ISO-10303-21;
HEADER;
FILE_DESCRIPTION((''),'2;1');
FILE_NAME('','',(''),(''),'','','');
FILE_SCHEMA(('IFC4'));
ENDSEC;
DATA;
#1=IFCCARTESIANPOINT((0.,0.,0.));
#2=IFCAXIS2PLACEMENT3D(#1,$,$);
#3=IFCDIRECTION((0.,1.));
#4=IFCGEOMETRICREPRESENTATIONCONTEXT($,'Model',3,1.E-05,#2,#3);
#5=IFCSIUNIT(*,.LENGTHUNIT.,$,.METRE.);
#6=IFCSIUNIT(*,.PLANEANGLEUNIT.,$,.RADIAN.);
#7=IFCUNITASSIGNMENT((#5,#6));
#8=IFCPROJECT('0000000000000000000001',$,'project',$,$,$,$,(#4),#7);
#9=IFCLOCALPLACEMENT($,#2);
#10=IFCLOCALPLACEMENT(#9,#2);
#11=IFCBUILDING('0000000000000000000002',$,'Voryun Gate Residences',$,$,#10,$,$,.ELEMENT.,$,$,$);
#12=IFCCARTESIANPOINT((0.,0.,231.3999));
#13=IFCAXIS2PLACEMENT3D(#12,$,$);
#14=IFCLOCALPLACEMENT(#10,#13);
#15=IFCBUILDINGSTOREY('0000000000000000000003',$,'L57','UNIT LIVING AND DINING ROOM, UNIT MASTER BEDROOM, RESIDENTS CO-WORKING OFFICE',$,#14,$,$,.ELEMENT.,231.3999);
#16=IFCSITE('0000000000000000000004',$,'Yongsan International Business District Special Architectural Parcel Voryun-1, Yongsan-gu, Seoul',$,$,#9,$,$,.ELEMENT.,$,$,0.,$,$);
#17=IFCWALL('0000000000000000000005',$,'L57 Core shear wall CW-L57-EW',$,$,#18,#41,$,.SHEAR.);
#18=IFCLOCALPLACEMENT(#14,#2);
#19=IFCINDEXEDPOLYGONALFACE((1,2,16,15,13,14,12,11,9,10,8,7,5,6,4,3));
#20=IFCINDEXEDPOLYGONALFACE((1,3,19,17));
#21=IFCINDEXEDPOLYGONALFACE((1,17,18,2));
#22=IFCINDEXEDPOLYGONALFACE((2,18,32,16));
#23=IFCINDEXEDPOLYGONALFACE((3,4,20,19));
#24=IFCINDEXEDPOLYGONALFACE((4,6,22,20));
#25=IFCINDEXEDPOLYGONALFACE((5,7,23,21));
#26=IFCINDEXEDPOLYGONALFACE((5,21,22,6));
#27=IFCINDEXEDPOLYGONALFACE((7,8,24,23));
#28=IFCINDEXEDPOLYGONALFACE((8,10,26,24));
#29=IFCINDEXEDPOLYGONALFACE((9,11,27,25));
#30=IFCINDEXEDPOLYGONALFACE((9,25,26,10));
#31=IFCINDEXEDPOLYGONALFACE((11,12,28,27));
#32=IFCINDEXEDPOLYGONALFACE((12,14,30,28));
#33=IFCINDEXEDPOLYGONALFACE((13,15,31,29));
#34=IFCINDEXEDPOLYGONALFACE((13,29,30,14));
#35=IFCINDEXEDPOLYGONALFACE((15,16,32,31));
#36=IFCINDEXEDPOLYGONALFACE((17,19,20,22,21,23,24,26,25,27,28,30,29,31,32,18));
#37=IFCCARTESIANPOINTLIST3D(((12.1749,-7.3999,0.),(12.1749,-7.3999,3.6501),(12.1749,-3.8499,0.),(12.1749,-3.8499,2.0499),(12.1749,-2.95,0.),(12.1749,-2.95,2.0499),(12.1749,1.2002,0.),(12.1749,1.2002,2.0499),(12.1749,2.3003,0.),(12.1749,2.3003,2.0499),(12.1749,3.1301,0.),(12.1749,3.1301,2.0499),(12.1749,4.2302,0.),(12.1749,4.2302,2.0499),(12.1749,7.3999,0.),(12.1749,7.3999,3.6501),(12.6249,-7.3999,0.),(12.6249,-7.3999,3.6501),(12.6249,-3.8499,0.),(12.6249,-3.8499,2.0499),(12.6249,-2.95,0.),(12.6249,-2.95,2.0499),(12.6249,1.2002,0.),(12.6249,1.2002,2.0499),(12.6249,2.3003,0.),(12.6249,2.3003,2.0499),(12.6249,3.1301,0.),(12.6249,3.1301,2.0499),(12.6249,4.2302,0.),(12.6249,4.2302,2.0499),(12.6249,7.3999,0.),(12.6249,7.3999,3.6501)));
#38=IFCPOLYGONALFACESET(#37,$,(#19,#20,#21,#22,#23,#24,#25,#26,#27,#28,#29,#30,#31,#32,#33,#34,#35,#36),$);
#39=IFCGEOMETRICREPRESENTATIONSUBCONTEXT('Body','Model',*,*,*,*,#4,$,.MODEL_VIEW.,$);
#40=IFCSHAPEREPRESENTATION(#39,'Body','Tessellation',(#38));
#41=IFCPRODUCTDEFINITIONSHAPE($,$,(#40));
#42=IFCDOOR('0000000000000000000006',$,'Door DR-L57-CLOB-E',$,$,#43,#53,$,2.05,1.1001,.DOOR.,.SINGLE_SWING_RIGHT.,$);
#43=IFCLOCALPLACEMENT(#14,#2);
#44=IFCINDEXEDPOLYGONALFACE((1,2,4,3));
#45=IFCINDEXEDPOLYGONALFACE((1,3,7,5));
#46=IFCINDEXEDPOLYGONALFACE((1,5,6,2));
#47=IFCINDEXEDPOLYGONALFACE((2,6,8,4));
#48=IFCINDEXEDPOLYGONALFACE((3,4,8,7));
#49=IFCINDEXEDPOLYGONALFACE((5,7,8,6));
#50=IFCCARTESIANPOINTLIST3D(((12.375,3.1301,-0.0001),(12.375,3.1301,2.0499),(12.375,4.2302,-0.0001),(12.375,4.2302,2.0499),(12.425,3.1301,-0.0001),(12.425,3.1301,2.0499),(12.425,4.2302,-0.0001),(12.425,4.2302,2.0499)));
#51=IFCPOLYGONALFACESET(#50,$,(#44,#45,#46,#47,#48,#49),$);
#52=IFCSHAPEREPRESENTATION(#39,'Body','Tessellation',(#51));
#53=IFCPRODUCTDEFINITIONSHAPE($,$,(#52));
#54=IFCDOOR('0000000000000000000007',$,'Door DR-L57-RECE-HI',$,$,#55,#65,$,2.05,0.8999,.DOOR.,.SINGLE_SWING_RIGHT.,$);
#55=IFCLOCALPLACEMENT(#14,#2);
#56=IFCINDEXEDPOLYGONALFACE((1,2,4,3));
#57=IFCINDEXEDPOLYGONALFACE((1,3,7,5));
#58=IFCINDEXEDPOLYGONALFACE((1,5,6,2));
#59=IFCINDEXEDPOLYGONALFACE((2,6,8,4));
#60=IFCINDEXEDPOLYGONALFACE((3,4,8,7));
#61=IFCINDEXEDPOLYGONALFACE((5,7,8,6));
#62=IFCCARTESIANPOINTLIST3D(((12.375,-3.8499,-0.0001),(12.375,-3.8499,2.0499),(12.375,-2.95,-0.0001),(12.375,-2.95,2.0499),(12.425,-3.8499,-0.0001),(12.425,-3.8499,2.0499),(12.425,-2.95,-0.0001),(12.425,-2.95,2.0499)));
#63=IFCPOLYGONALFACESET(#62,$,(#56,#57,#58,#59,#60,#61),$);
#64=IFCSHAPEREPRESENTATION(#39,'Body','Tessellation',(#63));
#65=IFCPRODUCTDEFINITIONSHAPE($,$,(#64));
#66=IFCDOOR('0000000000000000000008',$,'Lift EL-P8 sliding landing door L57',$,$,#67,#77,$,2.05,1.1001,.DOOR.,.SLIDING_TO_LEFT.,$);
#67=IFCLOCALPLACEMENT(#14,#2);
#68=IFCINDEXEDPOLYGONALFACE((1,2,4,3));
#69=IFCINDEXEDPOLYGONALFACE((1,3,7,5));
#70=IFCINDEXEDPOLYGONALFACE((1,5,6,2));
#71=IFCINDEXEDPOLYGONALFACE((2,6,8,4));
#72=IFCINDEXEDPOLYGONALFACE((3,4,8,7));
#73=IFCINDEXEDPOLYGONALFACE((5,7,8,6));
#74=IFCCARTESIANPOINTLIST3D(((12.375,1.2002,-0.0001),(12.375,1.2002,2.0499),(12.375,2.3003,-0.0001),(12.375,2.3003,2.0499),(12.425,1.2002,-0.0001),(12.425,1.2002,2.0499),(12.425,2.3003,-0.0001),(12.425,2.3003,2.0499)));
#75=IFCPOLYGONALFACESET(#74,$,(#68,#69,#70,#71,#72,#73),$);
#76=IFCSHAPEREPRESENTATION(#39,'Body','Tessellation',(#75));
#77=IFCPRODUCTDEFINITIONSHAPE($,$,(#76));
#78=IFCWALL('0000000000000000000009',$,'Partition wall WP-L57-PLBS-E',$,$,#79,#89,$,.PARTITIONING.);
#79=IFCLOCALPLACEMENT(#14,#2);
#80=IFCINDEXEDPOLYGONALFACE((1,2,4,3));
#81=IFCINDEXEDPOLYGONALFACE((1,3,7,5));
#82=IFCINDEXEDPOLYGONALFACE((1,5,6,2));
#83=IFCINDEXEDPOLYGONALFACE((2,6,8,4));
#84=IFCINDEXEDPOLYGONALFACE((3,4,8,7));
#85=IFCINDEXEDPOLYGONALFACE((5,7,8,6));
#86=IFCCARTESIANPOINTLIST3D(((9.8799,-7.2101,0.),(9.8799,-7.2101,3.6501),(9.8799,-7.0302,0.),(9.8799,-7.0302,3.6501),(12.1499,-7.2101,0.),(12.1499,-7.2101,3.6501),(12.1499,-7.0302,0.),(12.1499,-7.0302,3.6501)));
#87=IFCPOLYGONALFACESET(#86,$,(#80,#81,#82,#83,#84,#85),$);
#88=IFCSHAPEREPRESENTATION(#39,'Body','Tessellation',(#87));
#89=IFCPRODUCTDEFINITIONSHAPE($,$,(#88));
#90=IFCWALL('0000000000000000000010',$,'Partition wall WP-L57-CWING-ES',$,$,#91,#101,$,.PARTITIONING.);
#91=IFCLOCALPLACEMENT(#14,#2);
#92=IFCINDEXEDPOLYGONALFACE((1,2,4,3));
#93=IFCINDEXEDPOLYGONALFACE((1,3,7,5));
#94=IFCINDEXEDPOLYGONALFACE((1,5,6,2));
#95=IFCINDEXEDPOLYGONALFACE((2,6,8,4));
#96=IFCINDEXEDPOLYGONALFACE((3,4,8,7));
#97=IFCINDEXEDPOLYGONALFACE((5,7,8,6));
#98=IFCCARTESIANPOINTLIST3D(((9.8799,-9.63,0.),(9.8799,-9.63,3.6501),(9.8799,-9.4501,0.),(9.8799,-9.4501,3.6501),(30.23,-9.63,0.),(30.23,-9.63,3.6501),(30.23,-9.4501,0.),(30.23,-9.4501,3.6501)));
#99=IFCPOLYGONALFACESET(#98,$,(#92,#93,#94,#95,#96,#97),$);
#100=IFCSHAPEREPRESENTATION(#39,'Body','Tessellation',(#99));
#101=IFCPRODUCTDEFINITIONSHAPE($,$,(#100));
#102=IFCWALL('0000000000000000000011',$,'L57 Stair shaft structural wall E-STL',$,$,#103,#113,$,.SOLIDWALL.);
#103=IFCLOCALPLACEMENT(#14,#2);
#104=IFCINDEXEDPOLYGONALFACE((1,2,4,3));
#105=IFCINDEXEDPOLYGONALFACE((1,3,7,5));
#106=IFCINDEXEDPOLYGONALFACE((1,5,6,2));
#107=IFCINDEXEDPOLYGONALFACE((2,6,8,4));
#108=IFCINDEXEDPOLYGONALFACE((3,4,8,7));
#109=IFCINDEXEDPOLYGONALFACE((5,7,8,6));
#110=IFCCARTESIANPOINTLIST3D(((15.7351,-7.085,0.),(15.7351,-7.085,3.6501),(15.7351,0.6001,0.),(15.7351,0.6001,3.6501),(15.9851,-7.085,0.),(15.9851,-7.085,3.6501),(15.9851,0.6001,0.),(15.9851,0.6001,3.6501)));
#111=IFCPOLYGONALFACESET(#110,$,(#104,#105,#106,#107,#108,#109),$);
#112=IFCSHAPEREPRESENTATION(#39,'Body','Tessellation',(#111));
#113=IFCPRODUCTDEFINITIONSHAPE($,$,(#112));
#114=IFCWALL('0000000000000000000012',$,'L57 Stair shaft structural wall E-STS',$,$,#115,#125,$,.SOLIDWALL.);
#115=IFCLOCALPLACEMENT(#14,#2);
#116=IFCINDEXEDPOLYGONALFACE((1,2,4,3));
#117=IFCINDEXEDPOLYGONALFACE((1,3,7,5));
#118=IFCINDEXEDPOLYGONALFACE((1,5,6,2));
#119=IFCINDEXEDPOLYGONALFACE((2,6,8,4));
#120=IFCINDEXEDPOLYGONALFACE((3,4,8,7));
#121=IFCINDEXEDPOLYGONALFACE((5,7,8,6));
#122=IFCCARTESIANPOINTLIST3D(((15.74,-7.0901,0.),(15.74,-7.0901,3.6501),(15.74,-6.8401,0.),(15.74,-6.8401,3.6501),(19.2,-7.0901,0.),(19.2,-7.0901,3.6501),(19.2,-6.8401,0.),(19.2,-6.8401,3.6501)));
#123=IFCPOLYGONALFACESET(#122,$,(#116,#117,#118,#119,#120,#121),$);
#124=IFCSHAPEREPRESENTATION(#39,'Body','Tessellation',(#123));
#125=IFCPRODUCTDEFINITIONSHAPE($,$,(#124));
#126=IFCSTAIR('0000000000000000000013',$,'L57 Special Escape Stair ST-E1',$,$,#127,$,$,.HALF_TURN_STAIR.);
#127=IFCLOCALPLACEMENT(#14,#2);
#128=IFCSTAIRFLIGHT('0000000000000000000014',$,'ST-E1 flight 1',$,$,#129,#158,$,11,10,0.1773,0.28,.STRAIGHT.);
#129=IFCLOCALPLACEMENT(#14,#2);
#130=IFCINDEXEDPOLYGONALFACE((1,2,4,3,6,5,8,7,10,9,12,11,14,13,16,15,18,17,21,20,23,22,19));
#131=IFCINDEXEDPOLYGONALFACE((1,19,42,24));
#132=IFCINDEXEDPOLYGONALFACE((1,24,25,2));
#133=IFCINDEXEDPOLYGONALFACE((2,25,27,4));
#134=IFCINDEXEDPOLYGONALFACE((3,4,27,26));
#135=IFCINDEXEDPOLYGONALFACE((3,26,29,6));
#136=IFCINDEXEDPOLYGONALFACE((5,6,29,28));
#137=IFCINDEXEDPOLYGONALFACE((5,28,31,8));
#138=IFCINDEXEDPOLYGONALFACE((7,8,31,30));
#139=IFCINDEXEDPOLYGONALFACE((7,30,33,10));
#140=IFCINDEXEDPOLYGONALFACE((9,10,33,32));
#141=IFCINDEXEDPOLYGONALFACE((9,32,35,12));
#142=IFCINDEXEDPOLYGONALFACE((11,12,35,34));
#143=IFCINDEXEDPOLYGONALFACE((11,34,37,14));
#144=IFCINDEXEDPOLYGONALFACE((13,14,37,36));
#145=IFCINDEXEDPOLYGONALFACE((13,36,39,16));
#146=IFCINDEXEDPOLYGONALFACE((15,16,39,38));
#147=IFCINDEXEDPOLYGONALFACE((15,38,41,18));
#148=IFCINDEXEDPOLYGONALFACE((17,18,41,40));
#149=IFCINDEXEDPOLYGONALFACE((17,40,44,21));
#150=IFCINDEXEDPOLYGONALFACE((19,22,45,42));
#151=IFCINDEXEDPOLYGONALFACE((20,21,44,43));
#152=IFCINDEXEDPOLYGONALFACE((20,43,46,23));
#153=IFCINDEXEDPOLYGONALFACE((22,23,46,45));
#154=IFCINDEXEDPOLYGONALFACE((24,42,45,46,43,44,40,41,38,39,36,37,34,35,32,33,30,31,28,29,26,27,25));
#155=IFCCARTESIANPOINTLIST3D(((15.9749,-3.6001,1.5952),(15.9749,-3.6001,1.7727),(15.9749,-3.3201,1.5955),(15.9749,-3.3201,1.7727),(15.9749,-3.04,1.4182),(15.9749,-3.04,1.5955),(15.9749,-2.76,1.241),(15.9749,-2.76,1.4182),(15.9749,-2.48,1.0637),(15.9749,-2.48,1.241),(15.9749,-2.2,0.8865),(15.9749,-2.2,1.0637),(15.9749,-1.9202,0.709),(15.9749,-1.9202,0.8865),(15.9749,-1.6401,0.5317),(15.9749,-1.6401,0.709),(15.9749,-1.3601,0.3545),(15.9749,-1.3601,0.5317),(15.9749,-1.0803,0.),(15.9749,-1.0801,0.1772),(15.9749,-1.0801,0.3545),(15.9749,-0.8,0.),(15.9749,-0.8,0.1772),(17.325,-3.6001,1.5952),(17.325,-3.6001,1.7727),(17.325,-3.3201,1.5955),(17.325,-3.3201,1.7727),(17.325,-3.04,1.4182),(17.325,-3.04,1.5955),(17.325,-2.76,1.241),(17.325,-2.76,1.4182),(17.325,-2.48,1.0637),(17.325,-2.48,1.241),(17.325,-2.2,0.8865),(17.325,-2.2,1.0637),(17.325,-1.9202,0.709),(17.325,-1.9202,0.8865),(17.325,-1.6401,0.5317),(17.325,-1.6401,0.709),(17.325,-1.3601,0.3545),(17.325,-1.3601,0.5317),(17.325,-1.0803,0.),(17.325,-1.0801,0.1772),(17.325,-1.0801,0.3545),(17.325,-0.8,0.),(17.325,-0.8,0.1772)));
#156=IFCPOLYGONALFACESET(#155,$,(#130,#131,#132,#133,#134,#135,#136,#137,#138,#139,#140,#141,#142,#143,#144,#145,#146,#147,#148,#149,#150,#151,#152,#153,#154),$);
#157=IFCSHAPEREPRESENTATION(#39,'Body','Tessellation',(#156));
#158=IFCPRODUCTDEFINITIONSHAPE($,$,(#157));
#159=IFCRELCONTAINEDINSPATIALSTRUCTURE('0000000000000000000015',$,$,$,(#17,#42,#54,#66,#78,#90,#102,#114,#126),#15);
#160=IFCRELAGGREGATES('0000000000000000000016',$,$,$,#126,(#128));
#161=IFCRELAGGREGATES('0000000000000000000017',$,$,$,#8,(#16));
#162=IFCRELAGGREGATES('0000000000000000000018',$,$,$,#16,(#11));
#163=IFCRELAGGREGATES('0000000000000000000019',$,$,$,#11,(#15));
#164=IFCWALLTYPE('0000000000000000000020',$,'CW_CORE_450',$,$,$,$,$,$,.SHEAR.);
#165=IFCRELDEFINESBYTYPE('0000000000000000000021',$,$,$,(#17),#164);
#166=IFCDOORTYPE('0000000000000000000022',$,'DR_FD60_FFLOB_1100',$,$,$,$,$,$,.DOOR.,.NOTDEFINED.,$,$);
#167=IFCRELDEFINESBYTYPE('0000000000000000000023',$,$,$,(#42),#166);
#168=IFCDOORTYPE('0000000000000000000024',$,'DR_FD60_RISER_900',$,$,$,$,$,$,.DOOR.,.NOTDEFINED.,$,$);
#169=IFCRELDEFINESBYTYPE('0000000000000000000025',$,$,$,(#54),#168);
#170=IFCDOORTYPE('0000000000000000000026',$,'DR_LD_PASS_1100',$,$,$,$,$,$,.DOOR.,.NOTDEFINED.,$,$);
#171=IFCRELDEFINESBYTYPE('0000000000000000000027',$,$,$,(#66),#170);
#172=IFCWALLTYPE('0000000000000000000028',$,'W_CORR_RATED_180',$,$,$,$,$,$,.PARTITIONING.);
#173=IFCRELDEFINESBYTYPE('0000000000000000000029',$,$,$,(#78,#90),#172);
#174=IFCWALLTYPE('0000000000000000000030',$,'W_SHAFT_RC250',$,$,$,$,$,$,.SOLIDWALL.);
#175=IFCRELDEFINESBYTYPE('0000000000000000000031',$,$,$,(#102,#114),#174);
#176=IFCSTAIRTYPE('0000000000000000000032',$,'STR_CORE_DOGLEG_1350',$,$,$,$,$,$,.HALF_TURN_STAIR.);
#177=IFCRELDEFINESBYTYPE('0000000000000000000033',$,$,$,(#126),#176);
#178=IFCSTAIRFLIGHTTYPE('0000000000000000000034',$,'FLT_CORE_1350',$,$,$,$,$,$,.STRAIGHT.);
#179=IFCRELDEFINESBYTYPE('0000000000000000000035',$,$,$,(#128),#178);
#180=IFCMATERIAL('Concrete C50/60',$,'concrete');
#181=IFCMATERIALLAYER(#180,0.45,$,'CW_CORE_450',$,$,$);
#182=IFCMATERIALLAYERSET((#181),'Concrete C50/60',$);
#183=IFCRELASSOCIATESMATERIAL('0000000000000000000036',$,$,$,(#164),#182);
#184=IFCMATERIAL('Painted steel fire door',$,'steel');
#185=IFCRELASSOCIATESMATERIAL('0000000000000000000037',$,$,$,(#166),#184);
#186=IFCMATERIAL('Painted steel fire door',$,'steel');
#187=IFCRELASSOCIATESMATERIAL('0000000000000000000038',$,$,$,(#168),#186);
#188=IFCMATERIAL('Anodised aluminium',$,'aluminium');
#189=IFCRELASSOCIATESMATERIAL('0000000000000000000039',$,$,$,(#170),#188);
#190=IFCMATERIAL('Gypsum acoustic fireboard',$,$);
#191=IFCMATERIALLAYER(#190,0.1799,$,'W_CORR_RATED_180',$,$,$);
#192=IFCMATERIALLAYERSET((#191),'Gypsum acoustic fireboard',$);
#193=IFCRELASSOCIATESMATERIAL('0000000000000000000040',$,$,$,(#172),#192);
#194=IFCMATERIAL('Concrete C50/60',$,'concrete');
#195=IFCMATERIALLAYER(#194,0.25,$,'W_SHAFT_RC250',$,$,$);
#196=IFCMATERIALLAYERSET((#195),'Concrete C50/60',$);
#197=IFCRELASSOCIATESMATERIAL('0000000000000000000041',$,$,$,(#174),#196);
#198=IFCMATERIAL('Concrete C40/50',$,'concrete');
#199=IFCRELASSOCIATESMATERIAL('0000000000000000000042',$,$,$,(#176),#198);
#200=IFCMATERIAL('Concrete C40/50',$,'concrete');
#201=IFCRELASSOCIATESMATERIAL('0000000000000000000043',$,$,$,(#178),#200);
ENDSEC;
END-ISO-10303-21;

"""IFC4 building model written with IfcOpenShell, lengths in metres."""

from ifc_helpers import new_model, si_unit, direction, frame, frame_2d, origin, place, context, subcontext, project, spatial, polyline, rectangle, outline, extrude, material, layer, layer_set, type_object, element, fill, aggregate, save


model = new_model("IFC4")

# Units and contexts
model_context = context("Model", 3, precision=1e-05, world=origin(), true_north=direction((0.0, 1.0)))
body_context = subcontext(model_context, "Body", "Model", "MODEL_VIEW")
ifc_project = project(units=[si_unit("LENGTHUNIT", "METRE"), si_unit("PLANEANGLEUNIT", "RADIAN")], contexts=[model_context])

# Site, building, storey
site_placement = place(None, origin())
site = spatial("IfcSite", under=ifc_project, at=site_placement, Name="Yongsan International Business District Special Architectural Parcel Voryun-1, Yongsan-gu, Seoul", CompositionType="ELEMENT", RefElevation=0.0)
building_placement = place(site_placement, origin())
building = spatial("IfcBuilding", under=site, at=building_placement, Name="Voryun Gate Residences", CompositionType="ELEMENT")
storey_placement = place(building_placement, frame((0.0, 0.0, 231.3999)))
storey = spatial("IfcBuildingStorey", under=building, at=storey_placement, Name="L57", Description="UNIT LIVING AND DINING ROOM, UNIT MASTER BEDROOM, RESIDENTS CO-WORKING OFFICE", CompositionType="ELEMENT", Elevation=231.3999)

# Shared definitions
ifc_material_1 = material(Name="Concrete C50/60", Category="concrete")
ifc_layer_1 = layer(ifc_material_1, 0.45, Name="CW_CORE_450")
ifc_layer_set_1 = layer_set([ifc_layer_1], Name="Concrete C50/60")
wall_type_1 = type_object("IfcWallType", Name="CW_CORE_450", PredefinedType="SHEAR", material=ifc_layer_set_1)

# Wall, openings, doors
wall_1_placement = place(storey_placement, frame((12.3999, -7.3999, 0.0), z_axis=(0.0, 0.0, 1.0), x_axis=(0.0, 1.0, 0.0)))
wall_1 = element("IfcWall", 1, at=wall_1_placement, inside=storey, type_object=wall_type_1, Name="L57 Core shear wall CW-L57-EW", PredefinedType="SHEAR", context=body_context, shape_type="SweptSolid", body=[
    extrude(rectangle(XDim=14.7998, YDim=0.45, at=frame_2d((7.3999, 0.0))), origin(), (0.0, 0.0, 1.0), 3.6501),
])
opening_1_placement = place(wall_1_placement, frame((8.6001, 0.0, 0.0)))
opening_1 = element("IfcOpeningElement", 2, at=opening_1_placement, cuts=wall_1, PredefinedType="OPENING", context=body_context, shape_type="SweptSolid", body=[
    extrude(rectangle(XDim=1.1001, YDim=2.05, at=frame_2d((0.55, 1.0249))), frame((0.0, 0.2351, 0.0), z_axis=(0.0, -1.0, 0.0), x_axis=(1.0, 0.0, 0.0)), (0.0, 0.0, 1.0), 0.47),
])
opening_2_placement = place(wall_1_placement, frame((10.53, 0.0, 0.0)))
opening_2 = element("IfcOpeningElement", 3, at=opening_2_placement, cuts=wall_1, PredefinedType="OPENING", context=body_context, shape_type="SweptSolid", body=[
    extrude(rectangle(XDim=1.1001, YDim=2.05, at=frame_2d((0.55, 1.0249))), frame((0.0, 0.2351, 0.0), z_axis=(0.0, -1.0, 0.0), x_axis=(1.0, 0.0, 0.0)), (0.0, 0.0, 1.0), 0.47),
])
opening_3_placement = place(wall_1_placement, frame((3.55, 0.0, 0.0)))
opening_3 = element("IfcOpeningElement", 4, at=opening_3_placement, cuts=wall_1, PredefinedType="OPENING", context=body_context, shape_type="SweptSolid", body=[
    extrude(rectangle(XDim=0.8999, YDim=2.05, at=frame_2d((0.45, 1.0249))), frame((0.0, 0.2351, 0.0), z_axis=(0.0, -1.0, 0.0), x_axis=(1.0, 0.0, 0.0)), (0.0, 0.0, 1.0), 0.47),
])
ifc_material_2 = material(Name="Painted steel fire door", Category="steel")
door_type_1 = type_object("IfcDoorType", Name="DR_FD60_FFLOB_1100", OperationType="NOTDEFINED", PredefinedType="DOOR", material=ifc_material_2)
door_1_placement = place(opening_2_placement, origin())
door_1 = element("IfcDoor", 5, at=door_1_placement, inside=storey, type_object=door_type_1, Name="Door DR-L57-CLOB-E", OperationType="SINGLE_SWING_RIGHT", OverallHeight=2.05, OverallWidth=1.1001, PredefinedType="DOOR", context=body_context, shape_type="SweptSolid", body=[
    extrude(rectangle(XDim=1.1001, YDim=2.05, at=frame_2d((0.55, 1.0249))), frame((0.0, 0.0249, 0.0), z_axis=(0.0, -1.0, 0.0), x_axis=(1.0, 0.0, 0.0)), (0.0, 0.0, 1.0), 0.05),
])
fill(opening_2, door_1)
ifc_material_3 = material(Name="Painted steel fire door", Category="steel")
door_type_2 = type_object("IfcDoorType", Name="DR_FD60_RISER_900", OperationType="NOTDEFINED", PredefinedType="DOOR", material=ifc_material_3)
door_2_placement = place(opening_3_placement, origin())
door_2 = element("IfcDoor", 6, at=door_2_placement, inside=storey, type_object=door_type_2, Name="Door DR-L57-RECE-HI", OperationType="SINGLE_SWING_RIGHT", OverallHeight=2.05, OverallWidth=0.8999, PredefinedType="DOOR", context=body_context, shape_type="SweptSolid", body=[
    extrude(rectangle(XDim=0.8999, YDim=2.05, at=frame_2d((0.45, 1.0249))), frame((0.0, 0.0249, 0.0), z_axis=(0.0, -1.0, 0.0), x_axis=(1.0, 0.0, 0.0)), (0.0, 0.0, 1.0), 0.05),
])
fill(opening_3, door_2)
ifc_material_4 = material(Name="Anodised aluminium", Category="aluminium")
door_type_3 = type_object("IfcDoorType", Name="DR_LD_PASS_1100", OperationType="NOTDEFINED", PredefinedType="DOOR", material=ifc_material_4)
door_3_placement = place(opening_1_placement, origin())
door_3 = element("IfcDoor", 7, at=door_3_placement, inside=storey, type_object=door_type_3, Name="Lift EL-P8 sliding landing door L57", OperationType="SLIDING_TO_LEFT", OverallHeight=2.05, OverallWidth=1.1001, PredefinedType="DOOR", context=body_context, shape_type="SweptSolid", body=[
    extrude(rectangle(XDim=1.1001, YDim=2.05, at=frame_2d((0.55, 1.0249))), frame((0.0, 0.0249, 0.0), z_axis=(0.0, -1.0, 0.0), x_axis=(1.0, 0.0, 0.0)), (0.0, 0.0, 1.0), 0.05),
])
fill(opening_1, door_3)

# Walls
ifc_material_5 = material(Name="Gypsum acoustic fireboard")
ifc_layer_2 = layer(ifc_material_5, 0.1799, Name="W_CORR_RATED_180")
ifc_layer_set_2 = layer_set([ifc_layer_2], Name="Gypsum acoustic fireboard")
wall_type_2 = type_object("IfcWallType", Name="W_CORR_RATED_180", PredefinedType="PARTITIONING", material=ifc_layer_set_2)
wall_2_placement = place(storey_placement, frame((9.8799, -7.1201, 0.0), z_axis=(0.0, 0.0, 1.0), x_axis=(1.0, 0.0, 0.0)))
element("IfcWall", 8, at=wall_2_placement, inside=storey, type_object=wall_type_2, Name="Partition wall WP-L57-PLBS-E", PredefinedType="PARTITIONING", context=body_context, shape_type="SweptSolid", body=[
    extrude(rectangle(XDim=2.27, YDim=0.1799, at=frame_2d((1.135, 0.0))), origin(), (0.0, 0.0, 1.0), 3.6501),
])
wall_3_placement = place(storey_placement, frame((9.8799, -9.54, 0.0), z_axis=(0.0, 0.0, 1.0), x_axis=(1.0, 0.0, 0.0)))
element("IfcWall", 9, at=wall_3_placement, inside=storey, type_object=wall_type_2, Name="Partition wall WP-L57-CWING-ES", PredefinedType="PARTITIONING", context=body_context, shape_type="SweptSolid", body=[
    extrude(rectangle(XDim=20.3501, YDim=0.1799, at=frame_2d((10.175, 0.0))), origin(), (0.0, 0.0, 1.0), 3.6501),
])
ifc_material_6 = material(Name="Concrete C50/60", Category="concrete")
ifc_layer_3 = layer(ifc_material_6, 0.25, Name="W_SHAFT_RC250")
ifc_layer_set_3 = layer_set([ifc_layer_3], Name="Concrete C50/60")
wall_type_3 = type_object("IfcWallType", Name="W_SHAFT_RC250", PredefinedType="SOLIDWALL", material=ifc_layer_set_3)
wall_4_placement = place(storey_placement, frame((15.8601, -7.085, 0.0), z_axis=(0.0, 0.0, 1.0), x_axis=(0.0, 1.0, 0.0)))
element("IfcWall", 10, at=wall_4_placement, inside=storey, type_object=wall_type_3, Name="L57 Stair shaft structural wall E-STL", PredefinedType="SOLIDWALL", context=body_context, shape_type="SweptSolid", body=[
    extrude(rectangle(XDim=7.6851, YDim=0.25, at=frame_2d((3.8425, 0.0))), origin(), (0.0, 0.0, 1.0), 3.6501),
])
wall_5_placement = place(storey_placement, frame((15.74, -6.9651, 0.0), z_axis=(0.0, 0.0, 1.0), x_axis=(1.0, 0.0, 0.0)))
element("IfcWall", 11, at=wall_5_placement, inside=storey, type_object=wall_type_3, Name="L57 Stair shaft structural wall E-STS", PredefinedType="SOLIDWALL", context=body_context, shape_type="SweptSolid", body=[
    extrude(rectangle(XDim=3.46, YDim=0.25, at=frame_2d((1.73, 0.0))), origin(), (0.0, 0.0, 1.0), 3.6501),
])

# Stair, stair flight
ifc_material_7 = material(Name="Concrete C40/50", Category="concrete")
stair_type = type_object("IfcStairType", Name="STR_CORE_DOGLEG_1350", PredefinedType="HALF_TURN_STAIR", material=ifc_material_7)
stair_placement = place(storey_placement, origin())
stair = element("IfcStair", 12, at=stair_placement, inside=storey, type_object=stair_type, Name="L57 Special Escape Stair ST-E1", PredefinedType="HALF_TURN_STAIR")
ifc_material_8 = material(Name="Concrete C40/50", Category="concrete")
stair_flight_type = type_object("IfcStairFlightType", Name="FLT_CORE_1350", PredefinedType="STRAIGHT", material=ifc_material_8)
stair_flight_placement = place(storey_placement, frame((16.6499, -0.8, 0.0), z_axis=(0.0, 0.0, 1.0), x_axis=(0.0, -1.0, 0.0)))
stair_flight = element("IfcStairFlight", 13, at=stair_flight_placement, type_object=stair_flight_type, Name="ST-E1 flight 1", NumberOfRisers=11, NumberOfTreads=10, PredefinedType="STRAIGHT", RiserHeight=0.1773, TreadLength=0.28, context=body_context, shape_type="SweptSolid", body=[
    extrude(outline(polyline([(0.0, 0.0), (0.0, 0.1772), (0.28, 0.1772), (0.28, 0.3545), (0.5601, 0.3545), (0.5601, 0.5317), (0.8401, 0.5317), (0.8401, 0.709), (1.1201, 0.709), (1.1201, 0.8865), (1.3999, 0.8865), (1.3999, 1.0637), (1.6799, 1.0637), (1.6799, 1.241), (1.96, 1.241), (1.96, 1.4182), (2.24, 1.4182), (2.24, 1.5955), (2.52, 1.5955), (2.52, 1.7727), (2.8, 1.7727), (2.8, 1.95), (2.8, 1.5952), (0.2803, 0.0), (0.0, 0.0)])), frame((0.0, 0.675, 0.0), z_axis=(0.0, -1.0, 0.0), x_axis=(1.0, 0.0, 0.0)), (0.0, 0.0, 1.0), 1.3501),
])
aggregate(stair, [stair_flight])

save(model, "model.ifc")
